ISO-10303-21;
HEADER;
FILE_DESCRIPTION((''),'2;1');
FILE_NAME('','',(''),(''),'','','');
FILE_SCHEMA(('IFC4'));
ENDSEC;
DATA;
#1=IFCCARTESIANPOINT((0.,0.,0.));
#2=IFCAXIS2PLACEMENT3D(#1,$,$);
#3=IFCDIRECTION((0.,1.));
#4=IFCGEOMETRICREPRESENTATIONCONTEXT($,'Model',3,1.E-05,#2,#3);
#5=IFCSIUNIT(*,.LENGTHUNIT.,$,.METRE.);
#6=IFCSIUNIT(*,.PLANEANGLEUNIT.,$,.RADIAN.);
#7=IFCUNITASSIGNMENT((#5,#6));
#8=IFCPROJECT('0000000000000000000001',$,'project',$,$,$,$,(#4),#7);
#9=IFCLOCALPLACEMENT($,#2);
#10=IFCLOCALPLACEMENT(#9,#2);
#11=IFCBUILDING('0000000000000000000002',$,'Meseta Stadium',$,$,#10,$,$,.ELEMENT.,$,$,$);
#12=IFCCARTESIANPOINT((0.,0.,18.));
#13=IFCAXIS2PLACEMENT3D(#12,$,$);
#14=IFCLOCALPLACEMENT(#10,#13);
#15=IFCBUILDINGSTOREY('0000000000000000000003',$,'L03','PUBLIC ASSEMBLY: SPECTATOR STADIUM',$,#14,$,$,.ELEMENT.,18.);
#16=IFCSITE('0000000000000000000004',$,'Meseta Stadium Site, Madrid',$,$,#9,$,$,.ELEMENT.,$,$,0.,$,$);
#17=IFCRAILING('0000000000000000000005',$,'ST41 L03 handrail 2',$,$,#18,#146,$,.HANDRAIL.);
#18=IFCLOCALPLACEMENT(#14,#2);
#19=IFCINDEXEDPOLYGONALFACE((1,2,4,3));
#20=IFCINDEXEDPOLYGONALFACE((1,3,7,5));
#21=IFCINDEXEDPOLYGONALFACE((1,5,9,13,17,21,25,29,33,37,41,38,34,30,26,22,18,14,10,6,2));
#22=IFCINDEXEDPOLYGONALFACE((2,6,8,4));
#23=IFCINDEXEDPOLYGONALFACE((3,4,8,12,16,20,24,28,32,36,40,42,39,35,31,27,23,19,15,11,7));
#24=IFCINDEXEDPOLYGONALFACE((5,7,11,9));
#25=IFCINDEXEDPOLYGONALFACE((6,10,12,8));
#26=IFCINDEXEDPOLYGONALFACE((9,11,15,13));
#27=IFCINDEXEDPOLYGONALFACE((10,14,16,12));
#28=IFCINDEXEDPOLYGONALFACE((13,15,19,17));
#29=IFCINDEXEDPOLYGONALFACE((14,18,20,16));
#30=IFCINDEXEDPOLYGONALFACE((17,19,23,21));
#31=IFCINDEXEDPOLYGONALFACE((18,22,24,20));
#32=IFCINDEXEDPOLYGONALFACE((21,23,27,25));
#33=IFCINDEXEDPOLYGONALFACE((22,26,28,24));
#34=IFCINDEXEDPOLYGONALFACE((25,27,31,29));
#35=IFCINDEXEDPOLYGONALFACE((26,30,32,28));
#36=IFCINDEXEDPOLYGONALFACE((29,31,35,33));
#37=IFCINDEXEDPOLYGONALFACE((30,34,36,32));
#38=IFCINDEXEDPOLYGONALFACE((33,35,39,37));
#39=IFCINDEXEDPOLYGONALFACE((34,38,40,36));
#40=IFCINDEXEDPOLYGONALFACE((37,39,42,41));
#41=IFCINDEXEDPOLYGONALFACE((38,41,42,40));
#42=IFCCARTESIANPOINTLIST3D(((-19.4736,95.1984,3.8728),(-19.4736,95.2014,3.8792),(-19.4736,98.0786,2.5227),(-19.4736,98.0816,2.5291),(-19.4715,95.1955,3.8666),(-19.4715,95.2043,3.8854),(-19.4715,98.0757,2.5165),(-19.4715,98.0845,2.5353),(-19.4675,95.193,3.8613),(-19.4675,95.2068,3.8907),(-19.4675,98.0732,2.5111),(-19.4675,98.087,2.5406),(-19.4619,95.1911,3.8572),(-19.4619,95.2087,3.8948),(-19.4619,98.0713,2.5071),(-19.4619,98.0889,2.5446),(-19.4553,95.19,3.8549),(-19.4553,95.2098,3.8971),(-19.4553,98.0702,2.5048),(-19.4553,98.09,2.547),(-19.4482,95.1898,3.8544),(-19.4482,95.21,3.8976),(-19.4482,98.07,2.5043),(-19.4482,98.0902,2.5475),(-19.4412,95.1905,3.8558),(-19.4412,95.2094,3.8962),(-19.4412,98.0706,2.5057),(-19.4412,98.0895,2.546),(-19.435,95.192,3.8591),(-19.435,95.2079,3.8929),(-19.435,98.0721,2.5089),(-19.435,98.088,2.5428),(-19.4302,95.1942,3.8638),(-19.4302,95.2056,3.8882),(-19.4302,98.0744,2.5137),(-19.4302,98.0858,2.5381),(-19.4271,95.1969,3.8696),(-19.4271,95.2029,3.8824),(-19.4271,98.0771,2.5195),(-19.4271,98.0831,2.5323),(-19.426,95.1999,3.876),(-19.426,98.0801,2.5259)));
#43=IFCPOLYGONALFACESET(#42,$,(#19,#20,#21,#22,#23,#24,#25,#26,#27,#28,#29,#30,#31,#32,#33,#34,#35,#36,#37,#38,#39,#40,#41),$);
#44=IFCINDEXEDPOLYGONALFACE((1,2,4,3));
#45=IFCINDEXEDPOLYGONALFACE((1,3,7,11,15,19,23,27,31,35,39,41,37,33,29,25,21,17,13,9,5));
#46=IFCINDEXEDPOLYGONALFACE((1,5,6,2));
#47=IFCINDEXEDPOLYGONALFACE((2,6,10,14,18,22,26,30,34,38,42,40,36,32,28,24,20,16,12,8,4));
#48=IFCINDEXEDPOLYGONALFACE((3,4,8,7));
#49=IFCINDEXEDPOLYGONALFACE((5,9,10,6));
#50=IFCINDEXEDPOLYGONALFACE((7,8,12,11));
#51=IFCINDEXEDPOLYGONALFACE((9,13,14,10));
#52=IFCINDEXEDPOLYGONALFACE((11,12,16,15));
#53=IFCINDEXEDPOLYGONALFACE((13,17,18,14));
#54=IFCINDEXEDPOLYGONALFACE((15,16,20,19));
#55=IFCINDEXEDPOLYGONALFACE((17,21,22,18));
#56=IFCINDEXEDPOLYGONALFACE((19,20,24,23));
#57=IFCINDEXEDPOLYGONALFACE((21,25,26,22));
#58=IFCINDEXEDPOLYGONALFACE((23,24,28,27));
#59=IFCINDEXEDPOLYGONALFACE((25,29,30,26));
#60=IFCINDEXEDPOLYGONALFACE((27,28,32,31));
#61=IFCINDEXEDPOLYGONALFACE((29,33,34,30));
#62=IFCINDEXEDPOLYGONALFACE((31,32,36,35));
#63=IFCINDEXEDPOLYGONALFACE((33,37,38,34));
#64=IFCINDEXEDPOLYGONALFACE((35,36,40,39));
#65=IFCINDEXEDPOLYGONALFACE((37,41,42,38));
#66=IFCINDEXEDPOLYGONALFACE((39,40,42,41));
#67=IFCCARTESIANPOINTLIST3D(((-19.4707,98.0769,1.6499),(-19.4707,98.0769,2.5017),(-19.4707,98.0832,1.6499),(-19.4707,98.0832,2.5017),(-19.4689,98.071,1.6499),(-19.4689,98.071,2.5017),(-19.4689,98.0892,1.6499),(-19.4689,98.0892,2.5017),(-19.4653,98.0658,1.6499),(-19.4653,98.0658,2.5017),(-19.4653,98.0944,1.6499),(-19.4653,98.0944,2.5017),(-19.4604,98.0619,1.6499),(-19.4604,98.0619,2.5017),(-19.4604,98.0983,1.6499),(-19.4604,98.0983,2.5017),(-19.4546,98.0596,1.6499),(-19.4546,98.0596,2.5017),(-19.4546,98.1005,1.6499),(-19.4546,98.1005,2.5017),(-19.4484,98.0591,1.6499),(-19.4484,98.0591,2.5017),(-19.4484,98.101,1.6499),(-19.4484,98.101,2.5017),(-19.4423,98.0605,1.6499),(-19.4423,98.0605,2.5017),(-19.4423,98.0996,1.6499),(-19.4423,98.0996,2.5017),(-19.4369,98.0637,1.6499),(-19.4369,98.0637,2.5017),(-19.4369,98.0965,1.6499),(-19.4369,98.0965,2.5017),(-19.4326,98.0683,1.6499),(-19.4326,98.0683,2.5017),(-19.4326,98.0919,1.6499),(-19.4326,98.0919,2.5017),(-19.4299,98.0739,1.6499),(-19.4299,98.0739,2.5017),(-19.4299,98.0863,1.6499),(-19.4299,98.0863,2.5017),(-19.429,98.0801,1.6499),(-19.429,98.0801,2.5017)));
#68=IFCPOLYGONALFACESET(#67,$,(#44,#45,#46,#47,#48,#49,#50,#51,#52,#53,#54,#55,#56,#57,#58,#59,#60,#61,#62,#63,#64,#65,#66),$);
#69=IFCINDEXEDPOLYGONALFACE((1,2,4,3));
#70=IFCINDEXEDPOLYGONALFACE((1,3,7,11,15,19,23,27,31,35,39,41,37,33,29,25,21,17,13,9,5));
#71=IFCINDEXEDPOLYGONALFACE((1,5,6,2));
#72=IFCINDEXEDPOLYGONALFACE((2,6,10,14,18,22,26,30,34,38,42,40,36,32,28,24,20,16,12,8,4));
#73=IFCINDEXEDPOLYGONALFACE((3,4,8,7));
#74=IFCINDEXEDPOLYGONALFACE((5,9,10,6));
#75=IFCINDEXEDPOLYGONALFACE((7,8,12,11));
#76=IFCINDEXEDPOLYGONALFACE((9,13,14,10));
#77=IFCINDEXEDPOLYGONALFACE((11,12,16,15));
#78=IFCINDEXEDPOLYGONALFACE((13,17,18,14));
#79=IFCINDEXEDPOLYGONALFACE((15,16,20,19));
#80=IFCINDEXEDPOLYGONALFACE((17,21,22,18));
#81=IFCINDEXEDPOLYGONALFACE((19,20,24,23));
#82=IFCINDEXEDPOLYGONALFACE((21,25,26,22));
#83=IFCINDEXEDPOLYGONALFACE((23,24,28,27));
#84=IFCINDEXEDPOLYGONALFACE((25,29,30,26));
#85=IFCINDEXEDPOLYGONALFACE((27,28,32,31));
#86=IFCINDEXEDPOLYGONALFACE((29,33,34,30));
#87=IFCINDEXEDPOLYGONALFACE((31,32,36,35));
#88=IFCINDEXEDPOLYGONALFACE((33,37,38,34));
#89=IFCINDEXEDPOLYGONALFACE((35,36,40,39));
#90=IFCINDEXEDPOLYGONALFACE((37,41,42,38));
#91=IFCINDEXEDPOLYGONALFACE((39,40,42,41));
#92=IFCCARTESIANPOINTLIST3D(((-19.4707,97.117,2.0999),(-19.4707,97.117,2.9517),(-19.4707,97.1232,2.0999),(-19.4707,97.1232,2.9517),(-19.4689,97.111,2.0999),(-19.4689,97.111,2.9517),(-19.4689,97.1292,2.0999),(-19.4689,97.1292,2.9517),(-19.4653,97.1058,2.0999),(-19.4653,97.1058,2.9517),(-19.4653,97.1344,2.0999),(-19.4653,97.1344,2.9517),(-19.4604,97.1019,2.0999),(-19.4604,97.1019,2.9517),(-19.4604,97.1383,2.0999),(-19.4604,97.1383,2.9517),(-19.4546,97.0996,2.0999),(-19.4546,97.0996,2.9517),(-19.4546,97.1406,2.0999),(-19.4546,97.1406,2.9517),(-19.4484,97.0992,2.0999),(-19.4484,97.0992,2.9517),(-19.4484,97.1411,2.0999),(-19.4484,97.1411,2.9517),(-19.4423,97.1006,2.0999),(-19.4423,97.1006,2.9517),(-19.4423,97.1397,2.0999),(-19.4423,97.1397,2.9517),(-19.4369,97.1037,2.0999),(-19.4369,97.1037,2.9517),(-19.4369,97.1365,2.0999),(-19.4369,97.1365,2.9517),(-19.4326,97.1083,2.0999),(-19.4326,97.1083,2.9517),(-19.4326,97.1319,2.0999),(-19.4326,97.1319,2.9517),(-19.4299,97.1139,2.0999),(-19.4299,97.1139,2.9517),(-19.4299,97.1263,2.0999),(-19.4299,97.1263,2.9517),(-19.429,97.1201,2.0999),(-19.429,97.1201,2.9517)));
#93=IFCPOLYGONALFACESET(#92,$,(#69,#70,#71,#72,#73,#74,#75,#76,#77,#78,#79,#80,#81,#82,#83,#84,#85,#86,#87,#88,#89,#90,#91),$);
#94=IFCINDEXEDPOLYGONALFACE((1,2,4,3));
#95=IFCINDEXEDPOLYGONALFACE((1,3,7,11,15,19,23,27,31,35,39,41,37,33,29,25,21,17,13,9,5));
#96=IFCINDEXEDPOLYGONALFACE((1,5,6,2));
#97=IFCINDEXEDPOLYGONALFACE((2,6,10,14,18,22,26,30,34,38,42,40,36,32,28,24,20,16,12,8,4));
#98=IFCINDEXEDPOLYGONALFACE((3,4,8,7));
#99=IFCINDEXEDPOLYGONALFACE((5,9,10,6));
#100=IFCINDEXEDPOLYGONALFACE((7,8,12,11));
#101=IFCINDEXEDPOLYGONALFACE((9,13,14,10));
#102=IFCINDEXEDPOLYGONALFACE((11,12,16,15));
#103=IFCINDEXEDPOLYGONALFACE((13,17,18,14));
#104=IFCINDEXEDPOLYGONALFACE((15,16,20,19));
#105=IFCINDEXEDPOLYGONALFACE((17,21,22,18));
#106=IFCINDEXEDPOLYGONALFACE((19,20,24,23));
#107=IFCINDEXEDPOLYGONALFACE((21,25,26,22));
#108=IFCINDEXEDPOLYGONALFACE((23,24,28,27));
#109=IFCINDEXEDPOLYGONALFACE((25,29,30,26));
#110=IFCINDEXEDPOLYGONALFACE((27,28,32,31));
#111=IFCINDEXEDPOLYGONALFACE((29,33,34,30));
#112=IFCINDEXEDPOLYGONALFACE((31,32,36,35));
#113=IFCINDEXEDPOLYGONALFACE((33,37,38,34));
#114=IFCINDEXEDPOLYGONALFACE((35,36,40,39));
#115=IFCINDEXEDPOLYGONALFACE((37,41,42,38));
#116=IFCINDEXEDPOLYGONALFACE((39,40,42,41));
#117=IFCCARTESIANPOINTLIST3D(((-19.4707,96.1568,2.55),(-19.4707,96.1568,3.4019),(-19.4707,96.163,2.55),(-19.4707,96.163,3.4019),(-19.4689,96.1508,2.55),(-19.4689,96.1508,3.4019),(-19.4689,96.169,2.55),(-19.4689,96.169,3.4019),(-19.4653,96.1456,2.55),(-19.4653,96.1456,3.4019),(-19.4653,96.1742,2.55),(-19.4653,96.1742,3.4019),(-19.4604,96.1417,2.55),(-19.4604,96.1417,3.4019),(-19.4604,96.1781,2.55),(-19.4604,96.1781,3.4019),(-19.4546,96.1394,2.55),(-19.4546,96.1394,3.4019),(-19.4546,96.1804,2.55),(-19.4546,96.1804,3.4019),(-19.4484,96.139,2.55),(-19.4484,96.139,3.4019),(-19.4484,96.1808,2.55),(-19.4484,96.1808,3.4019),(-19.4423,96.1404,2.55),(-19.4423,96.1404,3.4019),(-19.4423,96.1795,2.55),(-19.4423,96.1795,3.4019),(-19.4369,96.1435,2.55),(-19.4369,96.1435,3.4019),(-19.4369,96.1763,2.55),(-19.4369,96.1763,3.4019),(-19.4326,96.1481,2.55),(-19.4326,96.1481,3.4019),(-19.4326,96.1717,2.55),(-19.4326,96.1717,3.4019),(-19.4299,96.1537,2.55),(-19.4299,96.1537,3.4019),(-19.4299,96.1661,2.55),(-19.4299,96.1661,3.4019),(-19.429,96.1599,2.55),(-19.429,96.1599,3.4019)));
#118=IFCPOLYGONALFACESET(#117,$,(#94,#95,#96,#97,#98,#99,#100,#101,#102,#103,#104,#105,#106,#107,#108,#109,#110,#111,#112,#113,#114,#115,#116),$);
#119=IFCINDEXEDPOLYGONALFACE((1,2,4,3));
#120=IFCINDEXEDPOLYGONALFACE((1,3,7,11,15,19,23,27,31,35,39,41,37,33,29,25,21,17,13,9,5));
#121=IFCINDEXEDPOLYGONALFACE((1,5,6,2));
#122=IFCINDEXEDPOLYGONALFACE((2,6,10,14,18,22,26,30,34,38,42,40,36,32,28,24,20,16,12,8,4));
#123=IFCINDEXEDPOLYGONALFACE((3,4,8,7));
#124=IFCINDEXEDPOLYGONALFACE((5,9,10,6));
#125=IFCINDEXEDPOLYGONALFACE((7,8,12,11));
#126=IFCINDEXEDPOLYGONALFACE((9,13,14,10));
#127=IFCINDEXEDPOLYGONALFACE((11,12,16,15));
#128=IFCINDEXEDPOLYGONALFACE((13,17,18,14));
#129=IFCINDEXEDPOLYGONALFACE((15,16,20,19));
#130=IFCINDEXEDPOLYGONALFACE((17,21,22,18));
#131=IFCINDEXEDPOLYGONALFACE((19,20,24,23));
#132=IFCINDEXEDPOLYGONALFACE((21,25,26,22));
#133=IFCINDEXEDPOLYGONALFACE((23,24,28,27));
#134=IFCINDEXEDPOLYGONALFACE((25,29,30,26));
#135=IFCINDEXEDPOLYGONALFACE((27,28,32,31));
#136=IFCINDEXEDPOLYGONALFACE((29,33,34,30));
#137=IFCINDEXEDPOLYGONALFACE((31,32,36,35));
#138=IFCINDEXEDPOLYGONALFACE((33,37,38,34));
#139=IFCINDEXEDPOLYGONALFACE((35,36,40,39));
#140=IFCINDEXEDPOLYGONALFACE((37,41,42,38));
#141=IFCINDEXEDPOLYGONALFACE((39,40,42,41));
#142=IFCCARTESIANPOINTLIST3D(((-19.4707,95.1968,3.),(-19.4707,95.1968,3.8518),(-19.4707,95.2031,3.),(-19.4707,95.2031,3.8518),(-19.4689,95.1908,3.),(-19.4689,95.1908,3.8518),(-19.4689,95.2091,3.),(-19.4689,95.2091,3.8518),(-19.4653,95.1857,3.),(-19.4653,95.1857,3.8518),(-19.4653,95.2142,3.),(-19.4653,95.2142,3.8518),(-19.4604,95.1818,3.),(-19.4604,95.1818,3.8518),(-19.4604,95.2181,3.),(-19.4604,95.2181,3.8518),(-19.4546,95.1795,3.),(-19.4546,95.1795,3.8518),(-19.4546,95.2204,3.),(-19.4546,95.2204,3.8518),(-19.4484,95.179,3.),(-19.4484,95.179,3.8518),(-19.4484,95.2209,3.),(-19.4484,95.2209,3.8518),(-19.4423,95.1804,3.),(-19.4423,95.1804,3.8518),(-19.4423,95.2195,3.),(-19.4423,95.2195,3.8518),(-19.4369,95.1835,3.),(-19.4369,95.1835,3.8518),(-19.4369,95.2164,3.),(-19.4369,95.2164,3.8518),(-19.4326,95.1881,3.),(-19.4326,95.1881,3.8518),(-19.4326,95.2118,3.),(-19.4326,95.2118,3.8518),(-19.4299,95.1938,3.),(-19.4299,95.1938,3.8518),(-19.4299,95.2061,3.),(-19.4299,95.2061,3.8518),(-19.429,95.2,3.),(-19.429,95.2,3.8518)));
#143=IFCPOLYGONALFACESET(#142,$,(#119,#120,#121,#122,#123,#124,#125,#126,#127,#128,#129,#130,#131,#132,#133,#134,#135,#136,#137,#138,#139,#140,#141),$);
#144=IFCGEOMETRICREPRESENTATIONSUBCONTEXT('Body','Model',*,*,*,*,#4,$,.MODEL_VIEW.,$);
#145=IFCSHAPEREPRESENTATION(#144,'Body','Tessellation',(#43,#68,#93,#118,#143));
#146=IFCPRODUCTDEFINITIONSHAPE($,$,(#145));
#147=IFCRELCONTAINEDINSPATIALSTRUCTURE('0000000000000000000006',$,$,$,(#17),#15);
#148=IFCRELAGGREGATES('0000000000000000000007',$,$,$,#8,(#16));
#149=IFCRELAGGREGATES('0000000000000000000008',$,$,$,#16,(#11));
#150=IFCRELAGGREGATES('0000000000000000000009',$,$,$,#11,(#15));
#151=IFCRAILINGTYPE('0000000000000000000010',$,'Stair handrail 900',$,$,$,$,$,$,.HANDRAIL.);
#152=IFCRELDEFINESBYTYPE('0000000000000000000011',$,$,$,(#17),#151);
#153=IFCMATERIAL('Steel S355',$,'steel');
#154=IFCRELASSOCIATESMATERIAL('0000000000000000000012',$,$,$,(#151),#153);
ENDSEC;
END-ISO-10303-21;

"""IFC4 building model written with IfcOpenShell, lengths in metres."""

from ifc_helpers import new_model, si_unit, direction, frame, origin, origin_2d, place, context, subcontext, project, spatial, circle, extrude, material, type_object, element, save


model = new_model("IFC4")

# Units and contexts
model_context = context("Model", 3, precision=1e-05, world=origin(), true_north=direction((0.0, 1.0)))
body_context = subcontext(model_context, "Body", "Model", "MODEL_VIEW")
ifc_project = project(units=[si_unit("LENGTHUNIT", "METRE"), si_unit("PLANEANGLEUNIT", "RADIAN")], contexts=[model_context])

# Site, building, storey
site_placement = place(None, origin())
site = spatial("IfcSite", under=ifc_project, at=site_placement, Name="Meseta Stadium Site, Madrid", CompositionType="ELEMENT", RefElevation=0.0)
building_placement = place(site_placement, origin())
building = spatial("IfcBuilding", under=site, at=building_placement, Name="Meseta Stadium", CompositionType="ELEMENT")
storey_placement = place(building_placement, frame((0.0, 0.0, 18.0)))
storey = spatial("IfcBuildingStorey", under=building, at=storey_placement, Name="L03", Description="PUBLIC ASSEMBLY: SPECTATOR STADIUM", CompositionType="ELEMENT", Elevation=18.0)

# Railing
ifc_material_1 = material(Name="Steel S355", Category="steel")
railing_type_1 = type_object("IfcRailingType", Name="Stair handrail 900", PredefinedType="HANDRAIL", material=ifc_material_1)
for number, where, name in (
    (1, (-19.45, 98.0801, 1.6499), "ST41 L03 handrail 2"),
):
    element("IfcRailing", number, at=place(storey_placement, frame(where)), inside=storey, type_object=railing_type_1, Name=name, PredefinedType="HANDRAIL", context=body_context, shape_type="SweptSolid", body=[
        extrude(circle(Radius=0.0239, at=origin_2d()), frame((0.0, 0.0, 0.876), z_axis=(0.0, -0.905454, 0.424444), x_axis=(1.0, 0.0, 0.0)), (0.0, 0.0, 1.0), 3.1809),
        extrude(circle(Radius=0.021, at=origin_2d()), origin(), (0.0, 0.0, 1.0), 0.8518),
        extrude(circle(Radius=0.021, at=origin_2d()), frame((0.0, -0.96, 0.45)), (0.0, 0.0, 1.0), 0.8518),
        extrude(circle(Radius=0.021, at=origin_2d()), frame((0.0, -1.9202, 0.9001)), (0.0, 0.0, 1.0), 0.8518),
        extrude(circle(Radius=0.021, at=origin_2d()), frame((0.0, -2.8801, 1.3501)), (0.0, 0.0, 1.0), 0.8518),
    ])

save(model, "model.ifc")
